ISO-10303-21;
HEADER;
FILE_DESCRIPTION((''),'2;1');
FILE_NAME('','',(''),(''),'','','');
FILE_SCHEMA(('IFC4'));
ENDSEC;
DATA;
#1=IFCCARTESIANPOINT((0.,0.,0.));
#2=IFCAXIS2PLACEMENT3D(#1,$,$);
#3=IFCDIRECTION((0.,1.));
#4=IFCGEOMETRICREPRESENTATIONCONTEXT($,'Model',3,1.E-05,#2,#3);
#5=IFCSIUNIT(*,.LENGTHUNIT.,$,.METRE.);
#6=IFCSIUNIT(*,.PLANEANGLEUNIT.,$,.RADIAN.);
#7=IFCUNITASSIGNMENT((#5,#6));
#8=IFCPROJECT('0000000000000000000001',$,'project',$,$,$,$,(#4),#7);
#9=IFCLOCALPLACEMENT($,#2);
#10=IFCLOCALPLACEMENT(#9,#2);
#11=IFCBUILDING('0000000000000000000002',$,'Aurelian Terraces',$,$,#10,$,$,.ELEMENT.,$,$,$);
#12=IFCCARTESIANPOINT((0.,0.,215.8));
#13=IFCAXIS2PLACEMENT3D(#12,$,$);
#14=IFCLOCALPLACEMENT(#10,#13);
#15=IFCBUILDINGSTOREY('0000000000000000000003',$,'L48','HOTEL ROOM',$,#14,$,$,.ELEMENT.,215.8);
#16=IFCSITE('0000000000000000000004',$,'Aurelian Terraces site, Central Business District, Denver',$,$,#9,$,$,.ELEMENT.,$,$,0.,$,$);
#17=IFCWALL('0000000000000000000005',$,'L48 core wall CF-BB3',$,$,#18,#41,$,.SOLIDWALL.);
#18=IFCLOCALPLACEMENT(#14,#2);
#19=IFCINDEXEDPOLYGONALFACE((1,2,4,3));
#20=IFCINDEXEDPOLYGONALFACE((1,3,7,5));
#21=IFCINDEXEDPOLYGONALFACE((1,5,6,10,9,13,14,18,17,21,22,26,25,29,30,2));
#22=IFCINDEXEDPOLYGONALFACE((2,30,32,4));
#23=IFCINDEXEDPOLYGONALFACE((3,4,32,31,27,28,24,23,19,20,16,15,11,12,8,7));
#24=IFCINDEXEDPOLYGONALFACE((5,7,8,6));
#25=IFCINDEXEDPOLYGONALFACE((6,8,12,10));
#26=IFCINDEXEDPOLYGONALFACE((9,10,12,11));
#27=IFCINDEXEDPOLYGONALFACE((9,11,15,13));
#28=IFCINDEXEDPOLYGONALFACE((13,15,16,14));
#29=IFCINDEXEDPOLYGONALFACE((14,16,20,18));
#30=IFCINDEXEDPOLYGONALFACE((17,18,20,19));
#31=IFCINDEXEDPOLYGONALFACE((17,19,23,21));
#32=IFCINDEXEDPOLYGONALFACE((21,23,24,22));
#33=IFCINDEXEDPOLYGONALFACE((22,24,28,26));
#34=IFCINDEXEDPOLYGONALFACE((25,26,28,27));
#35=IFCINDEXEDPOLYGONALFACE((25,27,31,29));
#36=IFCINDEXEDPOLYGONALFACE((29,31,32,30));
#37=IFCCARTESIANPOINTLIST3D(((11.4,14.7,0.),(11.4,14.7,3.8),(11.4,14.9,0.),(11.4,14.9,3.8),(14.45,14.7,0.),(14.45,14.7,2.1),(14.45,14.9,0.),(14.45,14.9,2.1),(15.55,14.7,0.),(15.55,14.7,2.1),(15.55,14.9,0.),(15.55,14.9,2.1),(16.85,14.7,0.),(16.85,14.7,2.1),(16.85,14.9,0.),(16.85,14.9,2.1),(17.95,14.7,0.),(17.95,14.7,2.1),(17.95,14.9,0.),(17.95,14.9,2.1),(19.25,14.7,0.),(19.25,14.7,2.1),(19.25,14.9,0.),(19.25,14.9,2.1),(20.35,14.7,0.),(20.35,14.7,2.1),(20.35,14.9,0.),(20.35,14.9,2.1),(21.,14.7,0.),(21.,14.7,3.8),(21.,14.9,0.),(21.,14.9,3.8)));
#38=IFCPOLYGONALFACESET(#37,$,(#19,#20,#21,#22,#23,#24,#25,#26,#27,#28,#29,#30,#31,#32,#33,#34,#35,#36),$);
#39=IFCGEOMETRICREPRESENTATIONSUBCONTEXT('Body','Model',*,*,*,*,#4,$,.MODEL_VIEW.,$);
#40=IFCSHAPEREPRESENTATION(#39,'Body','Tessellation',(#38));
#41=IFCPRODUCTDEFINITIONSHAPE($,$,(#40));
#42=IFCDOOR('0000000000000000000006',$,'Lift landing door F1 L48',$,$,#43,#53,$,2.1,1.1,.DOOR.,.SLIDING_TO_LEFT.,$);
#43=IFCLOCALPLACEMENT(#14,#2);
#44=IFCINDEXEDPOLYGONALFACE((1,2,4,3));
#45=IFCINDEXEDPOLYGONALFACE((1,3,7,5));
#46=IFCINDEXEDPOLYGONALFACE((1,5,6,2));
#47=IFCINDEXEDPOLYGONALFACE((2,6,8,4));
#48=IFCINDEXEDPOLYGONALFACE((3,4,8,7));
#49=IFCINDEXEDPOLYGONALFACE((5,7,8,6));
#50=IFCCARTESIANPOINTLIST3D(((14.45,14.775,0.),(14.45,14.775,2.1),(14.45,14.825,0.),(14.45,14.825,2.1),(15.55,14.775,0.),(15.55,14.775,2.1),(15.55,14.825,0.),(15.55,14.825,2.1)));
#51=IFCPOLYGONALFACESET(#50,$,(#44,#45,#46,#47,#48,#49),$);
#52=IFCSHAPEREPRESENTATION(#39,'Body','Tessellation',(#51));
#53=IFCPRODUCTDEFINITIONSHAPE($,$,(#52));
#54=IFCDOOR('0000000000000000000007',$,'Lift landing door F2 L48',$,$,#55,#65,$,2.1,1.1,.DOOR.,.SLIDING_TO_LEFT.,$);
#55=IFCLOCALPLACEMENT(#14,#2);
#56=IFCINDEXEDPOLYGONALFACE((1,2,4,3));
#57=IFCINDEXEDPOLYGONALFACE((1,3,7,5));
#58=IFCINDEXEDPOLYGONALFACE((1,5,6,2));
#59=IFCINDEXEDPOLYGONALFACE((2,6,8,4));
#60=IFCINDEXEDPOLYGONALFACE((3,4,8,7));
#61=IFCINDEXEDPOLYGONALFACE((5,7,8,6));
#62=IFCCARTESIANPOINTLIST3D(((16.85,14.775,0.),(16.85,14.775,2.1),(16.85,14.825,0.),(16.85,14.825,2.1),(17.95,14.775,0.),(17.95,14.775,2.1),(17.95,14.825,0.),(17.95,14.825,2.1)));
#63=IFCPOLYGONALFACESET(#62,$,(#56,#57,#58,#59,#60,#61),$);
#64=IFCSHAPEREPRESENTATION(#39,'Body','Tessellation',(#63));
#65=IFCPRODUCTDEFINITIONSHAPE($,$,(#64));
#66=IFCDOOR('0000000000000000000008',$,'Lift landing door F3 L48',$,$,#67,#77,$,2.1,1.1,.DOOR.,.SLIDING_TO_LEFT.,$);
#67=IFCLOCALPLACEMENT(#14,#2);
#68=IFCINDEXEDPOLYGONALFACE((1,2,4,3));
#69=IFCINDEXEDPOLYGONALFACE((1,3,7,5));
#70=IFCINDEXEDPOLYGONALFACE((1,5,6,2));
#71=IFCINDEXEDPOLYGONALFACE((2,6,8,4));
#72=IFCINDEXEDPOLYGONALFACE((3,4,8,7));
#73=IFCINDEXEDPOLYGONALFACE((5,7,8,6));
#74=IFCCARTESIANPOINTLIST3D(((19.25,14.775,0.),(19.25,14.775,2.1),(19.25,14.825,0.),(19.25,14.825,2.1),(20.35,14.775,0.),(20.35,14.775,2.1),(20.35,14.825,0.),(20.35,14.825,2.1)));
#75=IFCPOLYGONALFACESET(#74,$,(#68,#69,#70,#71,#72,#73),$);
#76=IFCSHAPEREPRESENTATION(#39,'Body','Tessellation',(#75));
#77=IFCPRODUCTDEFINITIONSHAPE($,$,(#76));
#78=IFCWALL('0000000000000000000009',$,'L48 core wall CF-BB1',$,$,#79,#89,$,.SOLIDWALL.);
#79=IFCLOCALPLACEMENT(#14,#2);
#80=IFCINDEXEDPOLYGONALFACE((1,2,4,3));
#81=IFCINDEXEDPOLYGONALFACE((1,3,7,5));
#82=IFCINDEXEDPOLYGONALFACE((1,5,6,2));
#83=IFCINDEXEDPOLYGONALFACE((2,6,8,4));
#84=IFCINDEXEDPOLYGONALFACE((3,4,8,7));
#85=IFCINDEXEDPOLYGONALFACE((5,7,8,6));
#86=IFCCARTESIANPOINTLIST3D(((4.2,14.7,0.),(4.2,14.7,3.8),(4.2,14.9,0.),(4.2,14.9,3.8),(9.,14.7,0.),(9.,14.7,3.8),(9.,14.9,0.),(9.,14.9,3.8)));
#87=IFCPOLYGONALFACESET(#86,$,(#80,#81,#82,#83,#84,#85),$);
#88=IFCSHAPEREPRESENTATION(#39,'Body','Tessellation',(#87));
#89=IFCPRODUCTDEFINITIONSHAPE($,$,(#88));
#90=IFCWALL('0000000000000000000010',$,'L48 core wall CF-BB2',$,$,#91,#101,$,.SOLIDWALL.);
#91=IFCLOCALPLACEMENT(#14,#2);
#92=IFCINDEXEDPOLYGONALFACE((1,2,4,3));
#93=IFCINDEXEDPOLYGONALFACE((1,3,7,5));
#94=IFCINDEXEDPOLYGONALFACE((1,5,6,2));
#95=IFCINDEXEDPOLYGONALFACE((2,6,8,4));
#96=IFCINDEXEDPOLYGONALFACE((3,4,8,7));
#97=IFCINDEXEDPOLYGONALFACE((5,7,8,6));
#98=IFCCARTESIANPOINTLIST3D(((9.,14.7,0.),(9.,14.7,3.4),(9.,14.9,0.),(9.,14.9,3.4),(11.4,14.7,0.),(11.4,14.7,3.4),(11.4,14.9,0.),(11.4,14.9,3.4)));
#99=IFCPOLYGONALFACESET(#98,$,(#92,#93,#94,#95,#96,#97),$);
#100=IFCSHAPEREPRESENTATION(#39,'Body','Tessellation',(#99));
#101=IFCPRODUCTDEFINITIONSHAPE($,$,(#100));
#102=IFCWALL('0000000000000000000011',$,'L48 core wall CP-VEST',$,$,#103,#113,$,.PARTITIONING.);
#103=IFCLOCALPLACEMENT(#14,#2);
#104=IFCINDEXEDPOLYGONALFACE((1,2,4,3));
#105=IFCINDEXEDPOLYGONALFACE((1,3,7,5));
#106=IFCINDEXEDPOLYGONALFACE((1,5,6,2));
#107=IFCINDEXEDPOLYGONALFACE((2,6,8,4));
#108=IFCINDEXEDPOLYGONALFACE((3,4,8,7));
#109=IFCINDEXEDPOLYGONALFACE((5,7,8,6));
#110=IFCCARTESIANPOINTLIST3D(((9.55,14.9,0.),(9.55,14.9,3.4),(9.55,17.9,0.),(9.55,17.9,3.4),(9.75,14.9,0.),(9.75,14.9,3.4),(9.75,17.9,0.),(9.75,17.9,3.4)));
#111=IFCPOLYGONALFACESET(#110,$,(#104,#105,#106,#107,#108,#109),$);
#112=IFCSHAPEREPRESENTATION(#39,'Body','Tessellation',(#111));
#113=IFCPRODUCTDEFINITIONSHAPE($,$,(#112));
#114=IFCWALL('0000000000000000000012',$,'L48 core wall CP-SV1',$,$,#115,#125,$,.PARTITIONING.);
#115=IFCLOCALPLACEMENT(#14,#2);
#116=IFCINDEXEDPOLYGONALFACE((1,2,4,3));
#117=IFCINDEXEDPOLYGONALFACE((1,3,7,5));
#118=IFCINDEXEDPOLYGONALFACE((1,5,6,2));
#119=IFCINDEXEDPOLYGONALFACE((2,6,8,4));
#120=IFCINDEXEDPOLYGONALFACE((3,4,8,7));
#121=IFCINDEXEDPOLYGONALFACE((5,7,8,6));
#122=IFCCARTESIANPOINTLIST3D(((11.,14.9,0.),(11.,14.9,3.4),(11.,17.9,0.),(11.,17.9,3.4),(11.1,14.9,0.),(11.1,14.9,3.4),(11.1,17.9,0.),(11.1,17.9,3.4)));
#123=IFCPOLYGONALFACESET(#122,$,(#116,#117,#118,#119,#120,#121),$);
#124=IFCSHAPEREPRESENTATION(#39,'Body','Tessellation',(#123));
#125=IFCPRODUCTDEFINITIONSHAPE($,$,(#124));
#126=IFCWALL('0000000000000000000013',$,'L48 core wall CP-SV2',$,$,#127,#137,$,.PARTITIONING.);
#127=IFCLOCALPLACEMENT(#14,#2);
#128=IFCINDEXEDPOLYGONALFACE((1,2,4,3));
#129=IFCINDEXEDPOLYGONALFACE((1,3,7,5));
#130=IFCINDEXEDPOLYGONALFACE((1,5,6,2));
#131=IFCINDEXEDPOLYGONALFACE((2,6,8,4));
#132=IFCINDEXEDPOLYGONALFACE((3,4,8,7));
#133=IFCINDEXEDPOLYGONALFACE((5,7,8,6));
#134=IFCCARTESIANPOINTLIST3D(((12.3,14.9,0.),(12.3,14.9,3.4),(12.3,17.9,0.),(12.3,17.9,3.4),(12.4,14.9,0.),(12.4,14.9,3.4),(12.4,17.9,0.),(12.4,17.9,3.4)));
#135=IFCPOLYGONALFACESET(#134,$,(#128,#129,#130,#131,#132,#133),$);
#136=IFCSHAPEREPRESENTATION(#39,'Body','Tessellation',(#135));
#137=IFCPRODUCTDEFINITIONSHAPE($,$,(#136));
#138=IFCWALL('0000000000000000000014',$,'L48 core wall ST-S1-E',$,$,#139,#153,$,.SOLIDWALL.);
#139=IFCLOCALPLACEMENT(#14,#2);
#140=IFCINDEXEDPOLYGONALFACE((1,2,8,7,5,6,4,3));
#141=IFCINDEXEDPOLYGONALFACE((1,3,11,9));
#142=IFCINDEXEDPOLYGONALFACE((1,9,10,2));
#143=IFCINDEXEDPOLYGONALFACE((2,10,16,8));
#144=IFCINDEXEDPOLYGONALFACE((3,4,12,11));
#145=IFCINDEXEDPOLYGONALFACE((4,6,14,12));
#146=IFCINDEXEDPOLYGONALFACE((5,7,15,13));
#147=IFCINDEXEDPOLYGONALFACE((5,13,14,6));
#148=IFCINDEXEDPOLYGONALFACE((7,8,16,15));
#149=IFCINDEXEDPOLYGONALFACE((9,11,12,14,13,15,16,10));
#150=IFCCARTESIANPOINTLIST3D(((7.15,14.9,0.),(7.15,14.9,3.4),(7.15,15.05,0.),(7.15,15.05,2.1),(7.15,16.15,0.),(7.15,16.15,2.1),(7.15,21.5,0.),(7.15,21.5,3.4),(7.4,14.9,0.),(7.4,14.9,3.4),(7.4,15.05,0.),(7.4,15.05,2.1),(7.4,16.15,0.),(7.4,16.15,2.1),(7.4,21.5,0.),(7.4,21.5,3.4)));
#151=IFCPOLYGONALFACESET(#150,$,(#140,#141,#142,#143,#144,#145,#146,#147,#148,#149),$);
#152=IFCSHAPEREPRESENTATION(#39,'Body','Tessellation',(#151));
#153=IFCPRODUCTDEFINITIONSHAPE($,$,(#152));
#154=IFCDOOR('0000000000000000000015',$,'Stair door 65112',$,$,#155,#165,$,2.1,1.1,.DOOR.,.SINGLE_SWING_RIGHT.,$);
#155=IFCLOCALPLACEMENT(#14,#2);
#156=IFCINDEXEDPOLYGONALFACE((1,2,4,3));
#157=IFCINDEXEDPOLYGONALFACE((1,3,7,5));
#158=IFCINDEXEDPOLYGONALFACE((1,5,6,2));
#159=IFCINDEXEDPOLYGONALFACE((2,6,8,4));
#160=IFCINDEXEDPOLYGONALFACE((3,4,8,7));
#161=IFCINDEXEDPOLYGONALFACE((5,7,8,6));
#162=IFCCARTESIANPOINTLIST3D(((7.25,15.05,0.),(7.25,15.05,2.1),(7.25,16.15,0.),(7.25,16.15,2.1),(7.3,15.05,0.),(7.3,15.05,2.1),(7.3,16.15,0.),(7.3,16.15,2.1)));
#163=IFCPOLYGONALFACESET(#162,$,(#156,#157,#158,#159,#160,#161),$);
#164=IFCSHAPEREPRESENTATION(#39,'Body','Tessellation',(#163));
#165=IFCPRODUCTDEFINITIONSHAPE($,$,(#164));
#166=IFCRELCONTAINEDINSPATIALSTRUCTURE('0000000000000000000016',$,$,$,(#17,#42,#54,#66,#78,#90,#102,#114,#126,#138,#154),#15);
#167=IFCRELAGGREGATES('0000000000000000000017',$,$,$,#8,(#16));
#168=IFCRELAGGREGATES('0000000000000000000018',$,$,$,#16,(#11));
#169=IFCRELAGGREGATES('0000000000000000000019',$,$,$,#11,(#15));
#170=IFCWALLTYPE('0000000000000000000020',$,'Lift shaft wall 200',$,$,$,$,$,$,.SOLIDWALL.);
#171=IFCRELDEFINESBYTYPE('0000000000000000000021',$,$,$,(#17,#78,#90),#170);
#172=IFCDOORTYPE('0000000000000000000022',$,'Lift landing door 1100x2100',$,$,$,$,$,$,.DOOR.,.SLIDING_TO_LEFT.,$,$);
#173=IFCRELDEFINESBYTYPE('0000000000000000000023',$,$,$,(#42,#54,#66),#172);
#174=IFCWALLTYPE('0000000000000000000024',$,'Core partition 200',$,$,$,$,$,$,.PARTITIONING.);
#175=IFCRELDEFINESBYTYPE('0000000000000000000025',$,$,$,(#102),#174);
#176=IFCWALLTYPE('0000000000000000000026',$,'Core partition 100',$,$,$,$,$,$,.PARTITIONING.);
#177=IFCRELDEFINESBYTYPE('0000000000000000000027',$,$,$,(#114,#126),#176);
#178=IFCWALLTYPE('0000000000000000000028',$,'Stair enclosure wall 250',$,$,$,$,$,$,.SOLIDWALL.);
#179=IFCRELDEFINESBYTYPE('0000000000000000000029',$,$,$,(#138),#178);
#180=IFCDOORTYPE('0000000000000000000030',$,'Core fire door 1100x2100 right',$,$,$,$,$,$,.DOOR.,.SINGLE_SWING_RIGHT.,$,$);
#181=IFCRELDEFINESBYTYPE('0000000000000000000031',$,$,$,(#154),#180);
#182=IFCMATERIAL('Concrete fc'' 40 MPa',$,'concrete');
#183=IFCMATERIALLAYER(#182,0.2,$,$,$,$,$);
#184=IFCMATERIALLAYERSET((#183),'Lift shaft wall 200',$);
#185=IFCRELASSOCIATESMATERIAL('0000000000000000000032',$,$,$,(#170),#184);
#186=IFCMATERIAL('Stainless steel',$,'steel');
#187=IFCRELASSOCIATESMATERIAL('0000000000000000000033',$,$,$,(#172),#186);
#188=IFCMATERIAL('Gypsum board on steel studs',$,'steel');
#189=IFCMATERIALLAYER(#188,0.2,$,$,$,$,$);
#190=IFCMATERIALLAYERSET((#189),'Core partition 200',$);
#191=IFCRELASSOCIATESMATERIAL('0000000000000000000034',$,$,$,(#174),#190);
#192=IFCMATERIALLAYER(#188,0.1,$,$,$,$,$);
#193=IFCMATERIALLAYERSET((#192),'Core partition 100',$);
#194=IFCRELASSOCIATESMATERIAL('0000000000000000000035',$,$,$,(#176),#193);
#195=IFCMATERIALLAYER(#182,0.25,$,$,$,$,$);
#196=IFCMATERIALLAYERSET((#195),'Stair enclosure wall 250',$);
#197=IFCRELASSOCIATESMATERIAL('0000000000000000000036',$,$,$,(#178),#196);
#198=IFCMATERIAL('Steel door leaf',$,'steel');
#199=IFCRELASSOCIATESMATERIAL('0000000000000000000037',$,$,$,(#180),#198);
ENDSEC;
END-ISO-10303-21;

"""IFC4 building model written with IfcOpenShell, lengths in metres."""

from ifc_helpers import new_model, si_unit, direction, frame, frame_2d, origin, place, context, subcontext, project, spatial, rectangle, extrude, source, transform, mapped, material, layer, layer_set, type_object, element, fill, save


model = new_model("IFC4")

# Units and contexts
model_context = context("Model", 3, precision=1e-05, world=origin(), true_north=direction((0.0, 1.0)))
body_context = subcontext(model_context, "Body", "Model", "MODEL_VIEW")
ifc_project = project(units=[si_unit("LENGTHUNIT", "METRE"), si_unit("PLANEANGLEUNIT", "RADIAN")], contexts=[model_context])

# Site, building, storey
site_placement = place(None, origin())
site = spatial("IfcSite", under=ifc_project, at=site_placement, Name="Aurelian Terraces site, Central Business District, Denver", CompositionType="ELEMENT", RefElevation=0.0)
building_placement = place(site_placement, origin())
building = spatial("IfcBuilding", under=site, at=building_placement, Name="Aurelian Terraces", CompositionType="ELEMENT")
storey_placement = place(building_placement, frame((0.0, 0.0, 215.8)))
storey = spatial("IfcBuildingStorey", under=building, at=storey_placement, Name="L48", Description="HOTEL ROOM", CompositionType="ELEMENT", Elevation=215.8)

# Wall, openings, doors
ifc_material_1 = material(Name="Concrete fc' 40 MPa", Category="concrete")
ifc_layer_1 = layer(ifc_material_1, 0.2)
ifc_layer_set_1 = layer_set([ifc_layer_1], Name="Lift shaft wall 200")
wall_type_1 = type_object("IfcWallType", Name="Lift shaft wall 200", PredefinedType="SOLIDWALL", material=ifc_layer_set_1)
shared_shape_1 = source(origin(), body_context, "Body", "SweptSolid", [
    extrude(rectangle(XDim=9.6, YDim=0.2, at=frame_2d((4.8, 0.0))), origin(), (0.0, 0.0, 1.0), 3.8),
])
wall_1_placement = place(storey_placement, frame((11.4, 14.8, 0.0), z_axis=(0.0, 0.0, 1.0), x_axis=(1.0, 0.0, 0.0)))
wall_1 = element("IfcWall", 1, at=wall_1_placement, inside=storey, type_object=wall_type_1, Name="L48 core wall CF-BB3", PredefinedType="SOLIDWALL", context=body_context, shape_type="MappedRepresentation", body=[
    mapped(shared_shape_1, transform((0.0, 0.0, 0.0), scale=1.0)),
])
shared_shape_2 = source(origin(), body_context, "Body", "SweptSolid", [
    extrude(rectangle(XDim=1.1, YDim=2.1, at=frame_2d((0.55, 1.05))), frame((0.0, 0.11, 0.0), z_axis=(0.0, -1.0, 0.0), x_axis=(1.0, 0.0, 0.0)), (0.0, 0.0, 1.0), 0.22),
])
opening_1_placement = place(wall_1_placement, frame((3.05, 0.0, 0.0)))
opening_1 = element("IfcOpeningElement", 2, at=opening_1_placement, cuts=wall_1, PredefinedType="OPENING", context=body_context, shape_type="MappedRepresentation", body=[
    mapped(shared_shape_2, transform((0.0, 0.0, 0.0), scale=1.0)),
])
opening_2_placement = place(wall_1_placement, frame((5.45, 0.0, 0.0)))
opening_2 = element("IfcOpeningElement", 3, at=opening_2_placement, cuts=wall_1, PredefinedType="OPENING", context=body_context, shape_type="MappedRepresentation", body=[
    mapped(shared_shape_2, transform((0.0, 0.0, 0.0), scale=1.0)),
])
opening_3_placement = place(wall_1_placement, frame((7.85, 0.0, 0.0)))
opening_3 = element("IfcOpeningElement", 4, at=opening_3_placement, cuts=wall_1, PredefinedType="OPENING", context=body_context, shape_type="MappedRepresentation", body=[
    mapped(shared_shape_2, transform((0.0, 0.0, 0.0), scale=1.0)),
])
ifc_material_2 = material(Name="Stainless steel", Category="steel")
door_type_1 = type_object("IfcDoorType", Name="Lift landing door 1100x2100", OperationType="SLIDING_TO_LEFT", PredefinedType="DOOR", material=ifc_material_2)
shared_shape_3 = source(origin(), body_context, "Body", "SweptSolid", [
    extrude(rectangle(XDim=1.1, YDim=2.1, at=frame_2d((0.55, 1.05))), frame((0.0, 0.025, 0.0), z_axis=(0.0, -1.0, 0.0), x_axis=(1.0, 0.0, 0.0)), (0.0, 0.0, 1.0), 0.05),
])
door_1_placement = place(opening_1_placement, origin())
door_1 = element("IfcDoor", 5, at=door_1_placement, inside=storey, type_object=door_type_1, Name="Lift landing door F1 L48", OperationType="SLIDING_TO_LEFT", OverallHeight=2.1, OverallWidth=1.1, PredefinedType="DOOR", context=body_context, shape_type="MappedRepresentation", body=[
    mapped(shared_shape_3, transform((0.0, 0.0, 0.0), scale=1.0)),
])
fill(opening_1, door_1)
door_2_placement = place(opening_2_placement, origin())
door_2 = element("IfcDoor", 6, at=door_2_placement, inside=storey, type_object=door_type_1, Name="Lift landing door F2 L48", OperationType="SLIDING_TO_LEFT", OverallHeight=2.1, OverallWidth=1.1, PredefinedType="DOOR", context=body_context, shape_type="MappedRepresentation", body=[
    mapped(shared_shape_3, transform((0.0, 0.0, 0.0), scale=1.0)),
])
fill(opening_2, door_2)
door_3_placement = place(opening_3_placement, origin())
door_3 = element("IfcDoor", 7, at=door_3_placement, inside=storey, type_object=door_type_1, Name="Lift landing door F3 L48", OperationType="SLIDING_TO_LEFT", OverallHeight=2.1, OverallWidth=1.1, PredefinedType="DOOR", context=body_context, shape_type="MappedRepresentation", body=[
    mapped(shared_shape_3, transform((0.0, 0.0, 0.0), scale=1.0)),
])
fill(opening_3, door_3)

# Walls
shared_shape_4 = source(origin(), body_context, "Body", "SweptSolid", [
    extrude(rectangle(XDim=4.8, YDim=0.2, at=frame_2d((2.4, 0.0))), origin(), (0.0, 0.0, 1.0), 3.8),
])
wall_2_placement = place(storey_placement, frame((4.2, 14.8, 0.0), z_axis=(0.0, 0.0, 1.0), x_axis=(1.0, 0.0, 0.0)))
element("IfcWall", 8, at=wall_2_placement, inside=storey, type_object=wall_type_1, Name="L48 core wall CF-BB1", PredefinedType="SOLIDWALL", context=body_context, shape_type="MappedRepresentation", body=[
    mapped(shared_shape_4, transform((0.0, 0.0, 0.0), scale=1.0)),
])
shared_shape_5 = source(origin(), body_context, "Body", "SweptSolid", [
    extrude(rectangle(XDim=2.4, YDim=0.2, at=frame_2d((1.2, 0.0))), origin(), (0.0, 0.0, 1.0), 3.4),
])
wall_3_placement = place(storey_placement, frame((9.0, 14.8, 0.0), z_axis=(0.0, 0.0, 1.0), x_axis=(1.0, 0.0, 0.0)))
element("IfcWall", 9, at=wall_3_placement, inside=storey, type_object=wall_type_1, Name="L48 core wall CF-BB2", PredefinedType="SOLIDWALL", context=body_context, shape_type="MappedRepresentation", body=[
    mapped(shared_shape_5, transform((0.0, 0.0, 0.0), scale=1.0)),
])
ifc_material_3 = material(Name="Gypsum board on steel studs", Category="steel")
ifc_layer_2 = layer(ifc_material_3, 0.2)
ifc_layer_set_2 = layer_set([ifc_layer_2], Name="Core partition 200")
wall_type_2 = type_object("IfcWallType", Name="Core partition 200", PredefinedType="PARTITIONING", material=ifc_layer_set_2)
shared_shape_6 = source(origin(), body_context, "Body", "SweptSolid", [
    extrude(rectangle(XDim=3.0, YDim=0.2, at=frame_2d((1.5, 0.0))), origin(), (0.0, 0.0, 1.0), 3.4),
])
wall_4_placement = place(storey_placement, frame((9.65, 14.9, 0.0), z_axis=(0.0, 0.0, 1.0), x_axis=(0.0, 1.0, 0.0)))
element("IfcWall", 10, at=wall_4_placement, inside=storey, type_object=wall_type_2, Name="L48 core wall CP-VEST", PredefinedType="PARTITIONING", context=body_context, shape_type="MappedRepresentation", body=[
    mapped(shared_shape_6, transform((0.0, 0.0, 0.0), scale=1.0)),
])
ifc_layer_3 = layer(ifc_material_3, 0.1)
ifc_layer_set_3 = layer_set([ifc_layer_3], Name="Core partition 100")
wall_type_3 = type_object("IfcWallType", Name="Core partition 100", PredefinedType="PARTITIONING", material=ifc_layer_set_3)
shared_shape_7 = source(origin(), body_context, "Body", "SweptSolid", [
    extrude(rectangle(XDim=3.0, YDim=0.1, at=frame_2d((1.5, 0.0))), origin(), (0.0, 0.0, 1.0), 3.4),
])
for number, where, z_axis, x_axis, name in (
    (11, (11.05, 14.9, 0.0), (0.0, 0.0, 1.0), (0.0, 1.0, 0.0), "L48 core wall CP-SV1"),
    (12, (12.35, 14.9, 0.0), (0.0, 0.0, 1.0), (0.0, 1.0, 0.0), "L48 core wall CP-SV2"),
):
    element("IfcWall", number, at=place(storey_placement, frame(where, z_axis=z_axis, x_axis=x_axis)), inside=storey, type_object=wall_type_3, Name=name, PredefinedType="PARTITIONING", context=body_context, shape_type="MappedRepresentation", body=[
        mapped(shared_shape_7, transform((0.0, 0.0, 0.0), scale=1.0)),
    ])

# Wall, opening, door
ifc_layer_4 = layer(ifc_material_1, 0.25)
ifc_layer_set_4 = layer_set([ifc_layer_4], Name="Stair enclosure wall 250")
wall_type_4 = type_object("IfcWallType", Name="Stair enclosure wall 250", PredefinedType="SOLIDWALL", material=ifc_layer_set_4)
shared_shape_8 = source(origin(), body_context, "Body", "SweptSolid", [
    extrude(rectangle(XDim=6.6, YDim=0.25, at=frame_2d((3.3, 0.0))), origin(), (0.0, 0.0, 1.0), 3.4),
])
wall_5_placement = place(storey_placement, frame((7.275, 14.9, 0.0), z_axis=(0.0, 0.0, 1.0), x_axis=(0.0, 1.0, 0.0)))
wall_5 = element("IfcWall", 13, at=wall_5_placement, inside=storey, type_object=wall_type_4, Name="L48 core wall ST-S1-E", PredefinedType="SOLIDWALL", context=body_context, shape_type="MappedRepresentation", body=[
    mapped(shared_shape_8, transform((0.0, 0.0, 0.0), scale=1.0)),
])
shared_shape_9 = source(origin(), body_context, "Body", "SweptSolid", [
    extrude(rectangle(XDim=1.1, YDim=2.1, at=frame_2d((0.55, 1.05))), frame((0.0, 0.135, 0.0), z_axis=(0.0, -1.0, 0.0), x_axis=(1.0, 0.0, 0.0)), (0.0, 0.0, 1.0), 0.27),
])
opening_4_placement = place(wall_5_placement, frame((0.15, 0.0, 0.0)))
opening_4 = element("IfcOpeningElement", 14, at=opening_4_placement, cuts=wall_5, PredefinedType="OPENING", context=body_context, shape_type="MappedRepresentation", body=[
    mapped(shared_shape_9, transform((0.0, 0.0, 0.0), scale=1.0)),
])
ifc_material_4 = material(Name="Steel door leaf", Category="steel")
door_type_2 = type_object("IfcDoorType", Name="Core fire door 1100x2100 right", OperationType="SINGLE_SWING_RIGHT", PredefinedType="DOOR", material=ifc_material_4)
door_4_placement = place(opening_4_placement, origin())
door_4 = element("IfcDoor", 15, at=door_4_placement, inside=storey, type_object=door_type_2, Name="Stair door 65112", OperationType="SINGLE_SWING_RIGHT", OverallHeight=2.1, OverallWidth=1.1, PredefinedType="DOOR", context=body_context, shape_type="MappedRepresentation", body=[
    mapped(shared_shape_3, transform((0.0, 0.0, 0.0), scale=1.0)),
])
fill(opening_4, door_4)

save(model, "model.ifc")
